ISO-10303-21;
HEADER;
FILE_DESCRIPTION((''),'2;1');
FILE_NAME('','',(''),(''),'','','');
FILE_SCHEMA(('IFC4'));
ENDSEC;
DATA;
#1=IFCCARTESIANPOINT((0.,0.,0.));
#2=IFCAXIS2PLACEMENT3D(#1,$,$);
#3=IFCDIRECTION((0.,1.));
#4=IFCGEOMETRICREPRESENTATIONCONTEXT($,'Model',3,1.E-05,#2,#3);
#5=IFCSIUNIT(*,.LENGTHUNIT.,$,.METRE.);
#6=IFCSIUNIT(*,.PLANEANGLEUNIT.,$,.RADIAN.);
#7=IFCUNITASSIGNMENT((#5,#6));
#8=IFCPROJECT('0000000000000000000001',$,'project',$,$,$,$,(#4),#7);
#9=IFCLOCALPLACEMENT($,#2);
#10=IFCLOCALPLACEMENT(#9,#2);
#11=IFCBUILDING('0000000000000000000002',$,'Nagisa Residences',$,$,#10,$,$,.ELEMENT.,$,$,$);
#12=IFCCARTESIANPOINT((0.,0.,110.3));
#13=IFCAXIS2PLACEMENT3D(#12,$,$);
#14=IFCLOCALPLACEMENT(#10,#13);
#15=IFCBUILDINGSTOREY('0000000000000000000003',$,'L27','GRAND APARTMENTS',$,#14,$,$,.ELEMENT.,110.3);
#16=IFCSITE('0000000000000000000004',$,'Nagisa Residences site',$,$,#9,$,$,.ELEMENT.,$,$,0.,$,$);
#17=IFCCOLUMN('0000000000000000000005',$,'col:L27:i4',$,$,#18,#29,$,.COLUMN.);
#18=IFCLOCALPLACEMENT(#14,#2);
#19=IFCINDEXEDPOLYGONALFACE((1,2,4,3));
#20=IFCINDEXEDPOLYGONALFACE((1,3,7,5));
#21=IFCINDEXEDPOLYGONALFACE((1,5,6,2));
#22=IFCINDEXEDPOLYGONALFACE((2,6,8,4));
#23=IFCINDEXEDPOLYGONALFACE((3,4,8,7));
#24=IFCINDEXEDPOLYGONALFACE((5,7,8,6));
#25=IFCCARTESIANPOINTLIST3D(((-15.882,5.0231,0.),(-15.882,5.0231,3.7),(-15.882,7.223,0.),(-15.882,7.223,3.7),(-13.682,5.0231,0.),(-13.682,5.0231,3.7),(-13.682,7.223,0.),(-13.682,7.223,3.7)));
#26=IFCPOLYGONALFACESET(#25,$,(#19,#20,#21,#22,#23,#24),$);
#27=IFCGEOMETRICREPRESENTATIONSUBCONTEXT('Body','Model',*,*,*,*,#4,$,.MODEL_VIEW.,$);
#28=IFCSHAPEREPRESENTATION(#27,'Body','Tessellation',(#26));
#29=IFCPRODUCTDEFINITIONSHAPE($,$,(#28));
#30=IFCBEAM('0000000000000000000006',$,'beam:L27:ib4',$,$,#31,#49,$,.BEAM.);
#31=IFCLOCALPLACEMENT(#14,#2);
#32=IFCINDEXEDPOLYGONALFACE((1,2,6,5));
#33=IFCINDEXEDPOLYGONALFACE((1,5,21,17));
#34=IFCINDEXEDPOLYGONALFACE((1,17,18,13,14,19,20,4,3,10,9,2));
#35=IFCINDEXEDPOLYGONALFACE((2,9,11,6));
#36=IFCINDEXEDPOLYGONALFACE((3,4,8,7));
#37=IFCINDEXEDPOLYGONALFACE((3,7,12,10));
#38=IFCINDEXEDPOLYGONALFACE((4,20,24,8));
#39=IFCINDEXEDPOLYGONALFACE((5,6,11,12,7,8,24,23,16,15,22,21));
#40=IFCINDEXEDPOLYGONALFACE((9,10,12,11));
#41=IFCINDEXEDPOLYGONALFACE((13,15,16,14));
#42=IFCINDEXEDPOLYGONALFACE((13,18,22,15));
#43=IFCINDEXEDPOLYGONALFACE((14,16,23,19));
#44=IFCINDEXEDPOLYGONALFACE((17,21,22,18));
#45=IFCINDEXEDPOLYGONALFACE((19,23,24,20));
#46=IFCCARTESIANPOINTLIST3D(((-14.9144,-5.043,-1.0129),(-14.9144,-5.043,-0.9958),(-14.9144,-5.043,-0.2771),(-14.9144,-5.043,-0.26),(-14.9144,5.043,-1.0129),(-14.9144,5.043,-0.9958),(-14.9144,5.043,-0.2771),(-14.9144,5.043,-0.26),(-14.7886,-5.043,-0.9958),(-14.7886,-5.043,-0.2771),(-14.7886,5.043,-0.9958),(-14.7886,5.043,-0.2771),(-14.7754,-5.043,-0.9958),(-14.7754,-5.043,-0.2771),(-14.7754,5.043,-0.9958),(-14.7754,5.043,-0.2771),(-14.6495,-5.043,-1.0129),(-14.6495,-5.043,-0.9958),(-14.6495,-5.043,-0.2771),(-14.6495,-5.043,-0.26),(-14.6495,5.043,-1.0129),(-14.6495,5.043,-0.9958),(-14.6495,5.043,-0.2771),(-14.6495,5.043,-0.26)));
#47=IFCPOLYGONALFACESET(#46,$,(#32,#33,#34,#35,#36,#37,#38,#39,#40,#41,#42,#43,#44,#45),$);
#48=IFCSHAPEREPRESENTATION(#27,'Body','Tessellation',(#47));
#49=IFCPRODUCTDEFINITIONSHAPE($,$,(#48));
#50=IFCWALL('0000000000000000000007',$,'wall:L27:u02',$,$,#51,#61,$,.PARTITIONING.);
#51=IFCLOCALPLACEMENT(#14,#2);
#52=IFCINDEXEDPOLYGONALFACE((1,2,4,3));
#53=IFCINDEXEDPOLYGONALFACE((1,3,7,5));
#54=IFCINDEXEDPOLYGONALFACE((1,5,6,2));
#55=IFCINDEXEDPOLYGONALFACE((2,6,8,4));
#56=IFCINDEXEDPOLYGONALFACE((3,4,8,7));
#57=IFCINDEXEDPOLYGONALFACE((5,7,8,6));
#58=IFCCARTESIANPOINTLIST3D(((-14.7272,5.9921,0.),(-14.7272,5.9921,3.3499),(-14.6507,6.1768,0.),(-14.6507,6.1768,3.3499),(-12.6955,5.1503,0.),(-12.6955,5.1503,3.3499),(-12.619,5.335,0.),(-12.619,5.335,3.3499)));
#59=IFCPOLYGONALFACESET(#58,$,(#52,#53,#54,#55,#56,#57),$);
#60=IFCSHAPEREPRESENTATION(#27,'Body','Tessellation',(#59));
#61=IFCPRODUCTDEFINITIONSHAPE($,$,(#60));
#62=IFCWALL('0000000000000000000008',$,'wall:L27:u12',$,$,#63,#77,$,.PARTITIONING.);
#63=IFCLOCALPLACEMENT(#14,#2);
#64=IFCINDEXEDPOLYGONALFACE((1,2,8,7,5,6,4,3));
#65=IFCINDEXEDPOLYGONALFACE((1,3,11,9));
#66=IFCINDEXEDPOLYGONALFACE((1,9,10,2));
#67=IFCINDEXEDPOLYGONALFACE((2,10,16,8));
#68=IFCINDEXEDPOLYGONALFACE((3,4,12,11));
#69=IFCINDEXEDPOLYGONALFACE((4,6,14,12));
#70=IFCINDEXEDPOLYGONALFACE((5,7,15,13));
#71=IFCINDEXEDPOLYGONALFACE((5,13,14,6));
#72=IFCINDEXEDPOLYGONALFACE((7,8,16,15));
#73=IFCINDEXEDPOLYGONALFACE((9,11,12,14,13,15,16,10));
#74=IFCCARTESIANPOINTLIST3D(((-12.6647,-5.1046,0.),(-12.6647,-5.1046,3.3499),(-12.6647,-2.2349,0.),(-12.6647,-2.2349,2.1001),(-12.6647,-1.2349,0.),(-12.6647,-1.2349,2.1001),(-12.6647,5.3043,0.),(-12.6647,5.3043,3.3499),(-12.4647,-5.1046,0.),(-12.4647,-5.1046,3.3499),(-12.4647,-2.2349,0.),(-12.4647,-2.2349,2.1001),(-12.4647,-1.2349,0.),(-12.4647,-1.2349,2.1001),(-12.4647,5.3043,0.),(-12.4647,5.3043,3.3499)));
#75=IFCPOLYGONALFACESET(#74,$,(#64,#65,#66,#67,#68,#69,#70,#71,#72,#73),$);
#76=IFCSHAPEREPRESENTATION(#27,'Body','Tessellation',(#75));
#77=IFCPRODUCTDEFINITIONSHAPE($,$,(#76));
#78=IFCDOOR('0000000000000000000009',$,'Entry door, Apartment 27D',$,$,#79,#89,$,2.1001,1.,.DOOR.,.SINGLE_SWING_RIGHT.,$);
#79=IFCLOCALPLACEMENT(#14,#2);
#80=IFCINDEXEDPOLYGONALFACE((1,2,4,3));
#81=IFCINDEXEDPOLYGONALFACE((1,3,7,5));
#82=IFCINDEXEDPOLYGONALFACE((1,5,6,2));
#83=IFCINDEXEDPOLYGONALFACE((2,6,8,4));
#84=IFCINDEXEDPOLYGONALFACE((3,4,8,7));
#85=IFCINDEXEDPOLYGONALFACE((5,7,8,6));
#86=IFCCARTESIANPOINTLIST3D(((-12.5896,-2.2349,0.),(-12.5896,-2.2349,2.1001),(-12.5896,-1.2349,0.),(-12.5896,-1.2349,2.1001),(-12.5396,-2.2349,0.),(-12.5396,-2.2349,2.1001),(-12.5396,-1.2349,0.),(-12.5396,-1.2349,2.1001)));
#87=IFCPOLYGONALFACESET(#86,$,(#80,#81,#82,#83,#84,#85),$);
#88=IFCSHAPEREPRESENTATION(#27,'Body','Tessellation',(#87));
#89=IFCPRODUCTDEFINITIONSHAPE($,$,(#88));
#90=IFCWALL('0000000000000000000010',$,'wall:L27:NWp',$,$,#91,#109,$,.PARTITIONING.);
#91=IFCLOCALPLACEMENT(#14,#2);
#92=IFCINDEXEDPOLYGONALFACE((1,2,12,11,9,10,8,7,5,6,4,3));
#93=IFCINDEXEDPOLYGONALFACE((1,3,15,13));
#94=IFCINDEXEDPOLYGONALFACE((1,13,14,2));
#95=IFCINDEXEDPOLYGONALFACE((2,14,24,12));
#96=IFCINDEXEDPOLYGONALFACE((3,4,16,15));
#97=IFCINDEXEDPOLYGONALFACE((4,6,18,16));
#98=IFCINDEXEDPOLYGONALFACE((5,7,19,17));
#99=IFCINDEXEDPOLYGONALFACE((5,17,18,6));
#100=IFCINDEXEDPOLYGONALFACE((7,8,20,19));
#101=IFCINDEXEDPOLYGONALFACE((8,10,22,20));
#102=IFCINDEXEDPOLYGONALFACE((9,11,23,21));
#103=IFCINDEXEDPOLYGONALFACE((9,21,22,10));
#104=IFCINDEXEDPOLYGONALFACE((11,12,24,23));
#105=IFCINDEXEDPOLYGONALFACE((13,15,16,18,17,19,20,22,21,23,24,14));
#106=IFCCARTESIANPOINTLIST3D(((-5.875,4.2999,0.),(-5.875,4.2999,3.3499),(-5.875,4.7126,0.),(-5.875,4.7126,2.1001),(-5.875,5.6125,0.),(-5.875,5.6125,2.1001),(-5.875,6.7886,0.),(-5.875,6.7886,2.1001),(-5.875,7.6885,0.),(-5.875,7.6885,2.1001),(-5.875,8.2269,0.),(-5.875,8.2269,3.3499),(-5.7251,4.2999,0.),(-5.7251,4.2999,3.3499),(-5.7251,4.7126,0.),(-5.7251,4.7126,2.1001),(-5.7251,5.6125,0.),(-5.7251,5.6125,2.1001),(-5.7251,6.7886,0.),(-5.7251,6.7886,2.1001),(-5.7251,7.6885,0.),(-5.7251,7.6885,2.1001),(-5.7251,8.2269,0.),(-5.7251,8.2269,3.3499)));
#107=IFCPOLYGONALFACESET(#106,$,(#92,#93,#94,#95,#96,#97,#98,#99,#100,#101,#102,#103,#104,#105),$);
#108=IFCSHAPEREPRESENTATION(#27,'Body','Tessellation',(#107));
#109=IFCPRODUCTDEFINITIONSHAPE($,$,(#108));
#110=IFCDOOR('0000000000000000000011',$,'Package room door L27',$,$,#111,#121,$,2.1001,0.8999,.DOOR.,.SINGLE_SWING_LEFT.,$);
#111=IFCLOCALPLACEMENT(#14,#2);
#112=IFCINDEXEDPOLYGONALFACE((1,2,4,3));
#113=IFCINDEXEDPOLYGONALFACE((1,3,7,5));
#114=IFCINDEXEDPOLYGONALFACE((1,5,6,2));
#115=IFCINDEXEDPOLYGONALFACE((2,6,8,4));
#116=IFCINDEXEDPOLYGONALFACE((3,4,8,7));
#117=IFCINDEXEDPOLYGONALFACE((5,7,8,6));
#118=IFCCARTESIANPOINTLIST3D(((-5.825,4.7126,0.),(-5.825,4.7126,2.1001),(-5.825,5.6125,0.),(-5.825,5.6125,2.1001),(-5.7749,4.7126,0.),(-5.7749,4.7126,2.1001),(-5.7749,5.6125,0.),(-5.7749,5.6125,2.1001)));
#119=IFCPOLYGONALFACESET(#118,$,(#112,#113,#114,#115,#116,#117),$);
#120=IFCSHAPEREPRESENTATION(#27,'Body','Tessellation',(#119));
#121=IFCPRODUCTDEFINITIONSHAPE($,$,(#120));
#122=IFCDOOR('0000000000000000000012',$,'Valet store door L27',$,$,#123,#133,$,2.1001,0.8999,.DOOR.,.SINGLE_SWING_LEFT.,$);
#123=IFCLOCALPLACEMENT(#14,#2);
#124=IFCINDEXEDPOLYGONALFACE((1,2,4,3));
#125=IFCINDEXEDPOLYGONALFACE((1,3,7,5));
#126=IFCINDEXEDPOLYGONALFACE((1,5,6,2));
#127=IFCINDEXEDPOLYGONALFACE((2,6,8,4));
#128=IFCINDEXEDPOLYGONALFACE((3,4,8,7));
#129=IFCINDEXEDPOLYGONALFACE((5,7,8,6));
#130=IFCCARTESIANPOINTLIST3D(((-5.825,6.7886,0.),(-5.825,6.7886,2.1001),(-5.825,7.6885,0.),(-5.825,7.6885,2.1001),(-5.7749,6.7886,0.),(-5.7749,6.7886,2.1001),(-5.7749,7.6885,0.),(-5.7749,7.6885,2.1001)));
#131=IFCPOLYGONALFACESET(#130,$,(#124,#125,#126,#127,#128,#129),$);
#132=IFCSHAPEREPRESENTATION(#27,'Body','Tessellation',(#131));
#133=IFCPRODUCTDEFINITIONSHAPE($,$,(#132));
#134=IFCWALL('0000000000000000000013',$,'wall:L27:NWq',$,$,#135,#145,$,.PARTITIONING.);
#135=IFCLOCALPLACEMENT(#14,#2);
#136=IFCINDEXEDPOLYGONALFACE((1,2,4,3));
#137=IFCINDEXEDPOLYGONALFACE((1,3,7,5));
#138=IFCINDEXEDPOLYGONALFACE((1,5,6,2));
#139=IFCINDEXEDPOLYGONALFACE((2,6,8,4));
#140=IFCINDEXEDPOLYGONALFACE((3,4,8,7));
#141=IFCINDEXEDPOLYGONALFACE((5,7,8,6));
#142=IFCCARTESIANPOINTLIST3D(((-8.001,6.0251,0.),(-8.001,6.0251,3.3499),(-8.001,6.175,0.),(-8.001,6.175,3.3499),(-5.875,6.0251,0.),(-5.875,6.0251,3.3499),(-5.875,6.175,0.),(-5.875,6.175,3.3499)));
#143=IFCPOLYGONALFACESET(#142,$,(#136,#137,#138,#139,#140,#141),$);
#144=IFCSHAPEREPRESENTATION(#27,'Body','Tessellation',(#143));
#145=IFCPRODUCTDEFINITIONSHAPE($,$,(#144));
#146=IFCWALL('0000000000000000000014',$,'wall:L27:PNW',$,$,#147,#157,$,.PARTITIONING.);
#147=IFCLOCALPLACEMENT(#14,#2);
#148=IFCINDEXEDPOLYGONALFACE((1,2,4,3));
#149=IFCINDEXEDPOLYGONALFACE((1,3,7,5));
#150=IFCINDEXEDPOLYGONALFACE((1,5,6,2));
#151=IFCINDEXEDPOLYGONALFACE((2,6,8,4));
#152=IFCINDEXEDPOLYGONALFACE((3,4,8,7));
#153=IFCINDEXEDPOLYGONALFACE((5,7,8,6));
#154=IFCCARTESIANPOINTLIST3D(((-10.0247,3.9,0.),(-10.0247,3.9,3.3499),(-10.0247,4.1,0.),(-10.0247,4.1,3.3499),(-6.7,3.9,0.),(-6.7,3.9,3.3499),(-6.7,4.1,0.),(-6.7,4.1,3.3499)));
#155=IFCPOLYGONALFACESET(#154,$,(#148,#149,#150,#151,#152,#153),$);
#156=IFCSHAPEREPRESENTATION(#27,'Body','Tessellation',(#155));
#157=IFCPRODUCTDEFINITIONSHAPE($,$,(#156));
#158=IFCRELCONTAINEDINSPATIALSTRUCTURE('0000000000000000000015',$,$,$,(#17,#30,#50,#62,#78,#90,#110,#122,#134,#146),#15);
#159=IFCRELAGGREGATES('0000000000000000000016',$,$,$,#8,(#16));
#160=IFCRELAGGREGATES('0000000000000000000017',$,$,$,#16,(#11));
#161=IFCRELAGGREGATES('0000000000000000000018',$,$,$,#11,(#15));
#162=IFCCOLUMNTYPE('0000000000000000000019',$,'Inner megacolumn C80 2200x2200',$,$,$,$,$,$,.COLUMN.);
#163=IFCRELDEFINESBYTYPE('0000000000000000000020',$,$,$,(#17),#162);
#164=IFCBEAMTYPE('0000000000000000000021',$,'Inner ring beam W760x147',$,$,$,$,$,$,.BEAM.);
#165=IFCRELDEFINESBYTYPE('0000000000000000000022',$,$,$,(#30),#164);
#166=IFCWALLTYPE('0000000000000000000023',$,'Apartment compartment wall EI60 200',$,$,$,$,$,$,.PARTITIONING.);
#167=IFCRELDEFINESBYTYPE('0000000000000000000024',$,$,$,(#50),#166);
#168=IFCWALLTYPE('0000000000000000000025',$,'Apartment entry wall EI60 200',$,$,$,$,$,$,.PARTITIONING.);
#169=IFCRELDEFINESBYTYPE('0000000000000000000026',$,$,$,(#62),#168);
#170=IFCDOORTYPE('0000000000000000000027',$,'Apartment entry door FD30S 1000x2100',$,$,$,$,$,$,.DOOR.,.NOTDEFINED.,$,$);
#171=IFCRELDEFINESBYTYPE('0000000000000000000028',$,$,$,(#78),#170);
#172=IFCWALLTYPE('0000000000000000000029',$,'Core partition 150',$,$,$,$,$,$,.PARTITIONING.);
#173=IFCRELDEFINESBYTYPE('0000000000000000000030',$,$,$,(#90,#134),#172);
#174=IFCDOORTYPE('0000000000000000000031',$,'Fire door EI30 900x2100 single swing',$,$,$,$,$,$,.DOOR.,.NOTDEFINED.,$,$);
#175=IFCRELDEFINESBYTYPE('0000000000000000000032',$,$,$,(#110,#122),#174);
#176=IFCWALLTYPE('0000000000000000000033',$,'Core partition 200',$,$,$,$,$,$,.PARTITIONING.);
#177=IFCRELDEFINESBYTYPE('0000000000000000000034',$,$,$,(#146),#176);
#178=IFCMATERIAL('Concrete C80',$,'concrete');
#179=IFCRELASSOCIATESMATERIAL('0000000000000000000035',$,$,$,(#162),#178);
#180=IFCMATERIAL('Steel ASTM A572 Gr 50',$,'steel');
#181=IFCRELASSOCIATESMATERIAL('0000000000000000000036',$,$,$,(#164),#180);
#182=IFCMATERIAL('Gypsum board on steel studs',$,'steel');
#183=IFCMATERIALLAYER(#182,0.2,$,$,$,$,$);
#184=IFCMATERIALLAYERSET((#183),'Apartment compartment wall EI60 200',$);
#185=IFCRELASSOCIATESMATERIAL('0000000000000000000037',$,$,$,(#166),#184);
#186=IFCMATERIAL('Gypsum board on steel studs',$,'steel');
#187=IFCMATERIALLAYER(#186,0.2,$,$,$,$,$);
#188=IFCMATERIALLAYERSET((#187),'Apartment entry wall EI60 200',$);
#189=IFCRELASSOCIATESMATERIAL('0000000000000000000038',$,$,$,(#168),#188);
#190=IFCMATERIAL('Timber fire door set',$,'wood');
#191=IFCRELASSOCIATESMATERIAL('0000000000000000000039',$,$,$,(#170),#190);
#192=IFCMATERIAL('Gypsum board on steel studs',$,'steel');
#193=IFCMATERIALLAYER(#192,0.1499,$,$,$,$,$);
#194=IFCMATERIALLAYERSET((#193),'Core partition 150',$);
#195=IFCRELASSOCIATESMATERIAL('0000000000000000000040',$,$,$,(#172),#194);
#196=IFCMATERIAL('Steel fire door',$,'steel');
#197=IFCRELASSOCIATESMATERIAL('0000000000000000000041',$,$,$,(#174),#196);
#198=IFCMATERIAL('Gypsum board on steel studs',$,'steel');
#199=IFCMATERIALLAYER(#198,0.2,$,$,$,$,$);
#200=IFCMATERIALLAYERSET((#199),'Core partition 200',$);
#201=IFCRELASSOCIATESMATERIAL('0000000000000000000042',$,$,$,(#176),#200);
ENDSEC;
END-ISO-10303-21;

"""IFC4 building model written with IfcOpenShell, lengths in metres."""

from ifc_helpers import new_model, si_unit, direction, frame, frame_2d, origin, origin_2d, place, context, subcontext, project, spatial, rectangle, i_section, extrude, material, layer, layer_set, material_profile, profile_set, type_object, element, fill, save


model = new_model("IFC4")

# Units and contexts
model_context = context("Model", 3, precision=1e-05, world=origin(), true_north=direction((0.0, 1.0)))
body_context = subcontext(model_context, "Body", "Model", "MODEL_VIEW")
ifc_project = project(units=[si_unit("LENGTHUNIT", "METRE"), si_unit("PLANEANGLEUNIT", "RADIAN")], contexts=[model_context])

# Site, building, storey
site_placement = place(None, origin())
site = spatial("IfcSite", under=ifc_project, at=site_placement, Name="Nagisa Residences site", CompositionType="ELEMENT", RefElevation=0.0)
building_placement = place(site_placement, origin())
building = spatial("IfcBuilding", under=site, at=building_placement, Name="Nagisa Residences", CompositionType="ELEMENT")
storey_placement = place(building_placement, frame((0.0, 0.0, 110.3)))
storey = spatial("IfcBuildingStorey", under=building, at=storey_placement, Name="L27", Description="GRAND APARTMENTS", CompositionType="ELEMENT", Elevation=110.3)

# Column
ifc_material_1 = material(Name="Concrete C80", Category="concrete")
ifc_material_profile_1 = material_profile(ifc_material_1, rectangle(XDim=2.2, YDim=2.2, at=origin_2d()), Name="C80 2200x2200")
ifc_profile_set_1 = profile_set([ifc_material_profile_1], Name="Concrete C80")
column_type = type_object("IfcColumnType", Name="Inner megacolumn C80 2200x2200", PredefinedType="COLUMN", material=ifc_profile_set_1)
column_placement = place(storey_placement, frame((-14.782, 6.123, 0.0), z_axis=(0.0, 0.0, 1.0), x_axis=(1.0, 0.0, 0.0)))
element("IfcColumn", 1, at=column_placement, inside=storey, type_object=column_type, Name="col:L27:i4", PredefinedType="COLUMN", context=body_context, shape_type="SweptSolid", body=[
    extrude(rectangle(XDim=2.2, YDim=2.2, at=origin_2d()), origin(), (0.0, 0.0, 1.0), 3.7),
])

# Beam
ifc_material_2 = material(Name="Steel ASTM A572 Gr 50", Category="steel")
ifc_material_profile_2 = material_profile(ifc_material_2, i_section(OverallWidth=0.2649, OverallDepth=0.7529, WebThickness=0.0132, FlangeThickness=0.0171, at=origin_2d()), Name="W760x147")
ifc_profile_set_2 = profile_set([ifc_material_profile_2], Name="Steel ASTM A572 Gr 50")
beam_type = type_object("IfcBeamType", Name="Inner ring beam W760x147", PredefinedType="BEAM", material=ifc_profile_set_2)
beam_placement = place(storey_placement, frame((-14.782, 5.043, -0.6365), z_axis=(0.0, -1.0, 0.0), x_axis=(1.0, 0.0, 0.0)))
element("IfcBeam", 2, at=beam_placement, inside=storey, type_object=beam_type, Name="beam:L27:ib4", PredefinedType="BEAM", context=body_context, shape_type="SweptSolid", body=[
    extrude(i_section(OverallWidth=0.2649, OverallDepth=0.7529, WebThickness=0.0132, FlangeThickness=0.0171, at=origin_2d()), origin(), (0.0, 0.0, 1.0), 10.0859),
])

# Wall
ifc_material_3 = material(Name="Gypsum board on steel studs", Category="steel")
ifc_layer_1 = layer(ifc_material_3, 0.2)
ifc_layer_set_1 = layer_set([ifc_layer_1], Name="Apartment compartment wall EI60 200")
wall_type_1 = type_object("IfcWallType", Name="Apartment compartment wall EI60 200", PredefinedType="PARTITIONING", material=ifc_layer_set_1)
wall_1_placement = place(storey_placement, frame((-12.6572, 5.2427, 0.0), z_axis=(0.0, 0.0, 1.0), x_axis=(-0.923844, 0.38277, 0.0)))
element("IfcWall", 3, at=wall_1_placement, inside=storey, type_object=wall_type_1, Name="wall:L27:u02", PredefinedType="PARTITIONING", context=body_context, shape_type="SweptSolid", body=[
    extrude(rectangle(XDim=2.1992, YDim=0.2, at=frame_2d((1.0996, 0.0))), origin(), (0.0, 0.0, 1.0), 3.3499),
])

# Wall, opening, door
ifc_material_4 = material(Name="Gypsum board on steel studs", Category="steel")
ifc_layer_2 = layer(ifc_material_4, 0.2)
ifc_layer_set_2 = layer_set([ifc_layer_2], Name="Apartment entry wall EI60 200")
wall_type_2 = type_object("IfcWallType", Name="Apartment entry wall EI60 200", PredefinedType="PARTITIONING", material=ifc_layer_set_2)
wall_2_placement = place(storey_placement, frame((-12.5647, 5.3044, 0.0), z_axis=(0.0, 0.0, 1.0), x_axis=(0.0, -1.0, 0.0)))
wall_2 = element("IfcWall", 4, at=wall_2_placement, inside=storey, type_object=wall_type_2, Name="wall:L27:u12", PredefinedType="PARTITIONING", context=body_context, shape_type="SweptSolid", body=[
    extrude(rectangle(XDim=10.4089, YDim=0.2, at=frame_2d((5.2046, 0.0))), origin(), (0.0, 0.0, 1.0), 3.3499),
])
opening_1_placement = place(wall_2_placement, frame((6.5393, 0.0, 0.0)))
opening_1 = element("IfcOpeningElement", 5, at=opening_1_placement, cuts=wall_2, PredefinedType="OPENING", context=body_context, shape_type="SweptSolid", body=[
    extrude(rectangle(XDim=1.0, YDim=2.1001, at=frame_2d((0.5, 1.05))), frame((0.0, 0.1099, 0.0), z_axis=(0.0, -1.0, 0.0), x_axis=(1.0, 0.0, 0.0)), (0.0, 0.0, 1.0), 0.22),
])
ifc_material_5 = material(Name="Timber fire door set", Category="wood")
door_type_1 = type_object("IfcDoorType", Name="Apartment entry door FD30S 1000x2100", OperationType="NOTDEFINED", PredefinedType="DOOR", material=ifc_material_5)
door_1_placement = place(opening_1_placement, frame((1.0, 0.0, 0.0), x_axis=(-1.0, 0.0, 0.0)))
door_1 = element("IfcDoor", 6, at=door_1_placement, inside=storey, type_object=door_type_1, Name="Entry door, Apartment 27D", OperationType="SINGLE_SWING_RIGHT", OverallHeight=2.1001, OverallWidth=1.0, PredefinedType="DOOR", context=body_context, shape_type="SweptSolid", body=[
    extrude(rectangle(XDim=1.0, YDim=2.1001, at=frame_2d((0.5, 1.05))), frame((0.0, 0.0249, 0.0), z_axis=(0.0, -1.0, 0.0), x_axis=(1.0, 0.0, 0.0)), (0.0, 0.0, 1.0), 0.05),
])
fill(opening_1, door_1)

# Wall, openings, doors
ifc_material_6 = material(Name="Gypsum board on steel studs", Category="steel")
ifc_layer_3 = layer(ifc_material_6, 0.1499)
ifc_layer_set_3 = layer_set([ifc_layer_3], Name="Core partition 150")
wall_type_3 = type_object("IfcWallType", Name="Core partition 150", PredefinedType="PARTITIONING", material=ifc_layer_set_3)
wall_3_placement = place(storey_placement, frame((-5.8, 4.3, 0.0), z_axis=(0.0, 0.0, 1.0), x_axis=(0.0, 1.0, 0.0)))
wall_3 = element("IfcWall", 7, at=wall_3_placement, inside=storey, type_object=wall_type_3, Name="wall:L27:NWp", PredefinedType="PARTITIONING", context=body_context, shape_type="SweptSolid", body=[
    extrude(rectangle(XDim=3.927, YDim=0.1499, at=frame_2d((1.9634, 0.0))), origin(), (0.0, 0.0, 1.0), 3.3499),
])
opening_2_placement = place(wall_3_placement, frame((0.4126, 0.0, 0.0)))
opening_2 = element("IfcOpeningElement", 8, at=opening_2_placement, cuts=wall_3, PredefinedType="OPENING", context=body_context, shape_type="SweptSolid", body=[
    extrude(rectangle(XDim=0.8999, YDim=2.1001, at=frame_2d((0.45, 1.05))), frame((0.0, 0.085, 0.0), z_axis=(0.0, -1.0, 0.0), x_axis=(1.0, 0.0, 0.0)), (0.0, 0.0, 1.0), 0.1699),
])
opening_3_placement = place(wall_3_placement, frame((2.4885, 0.0, 0.0)))
opening_3 = element("IfcOpeningElement", 9, at=opening_3_placement, cuts=wall_3, PredefinedType="OPENING", context=body_context, shape_type="SweptSolid", body=[
    extrude(rectangle(XDim=0.8999, YDim=2.1001, at=frame_2d((0.45, 1.05))), frame((0.0, 0.085, 0.0), z_axis=(0.0, -1.0, 0.0), x_axis=(1.0, 0.0, 0.0)), (0.0, 0.0, 1.0), 0.1699),
])
ifc_material_7 = material(Name="Steel fire door", Category="steel")
door_type_2 = type_object("IfcDoorType", Name="Fire door EI30 900x2100 single swing", OperationType="NOTDEFINED", PredefinedType="DOOR", material=ifc_material_7)
door_2_placement = place(opening_2_placement, origin())
door_2 = element("IfcDoor", 10, at=door_2_placement, inside=storey, type_object=door_type_2, Name="Package room door L27", OperationType="SINGLE_SWING_LEFT", OverallHeight=2.1001, OverallWidth=0.8999, PredefinedType="DOOR", context=body_context, shape_type="SweptSolid", body=[
    extrude(rectangle(XDim=0.8999, YDim=2.1001, at=frame_2d((0.45, 1.05))), frame((0.0, 0.0249, 0.0), z_axis=(0.0, -1.0, 0.0), x_axis=(1.0, 0.0, 0.0)), (0.0, 0.0, 1.0), 0.05),
])
fill(opening_2, door_2)
door_3_placement = place(opening_3_placement, origin())
door_3 = element("IfcDoor", 11, at=door_3_placement, inside=storey, type_object=door_type_2, Name="Valet store door L27", OperationType="SINGLE_SWING_LEFT", OverallHeight=2.1001, OverallWidth=0.8999, PredefinedType="DOOR", context=body_context, shape_type="SweptSolid", body=[
    extrude(rectangle(XDim=0.8999, YDim=2.1001, at=frame_2d((0.45, 1.05))), frame((0.0, 0.0249, 0.0), z_axis=(0.0, -1.0, 0.0), x_axis=(1.0, 0.0, 0.0)), (0.0, 0.0, 1.0), 0.05),
])
fill(opening_3, door_3)

# Walls
wall_4_placement = place(storey_placement, frame((-8.001, 6.1001, 0.0), z_axis=(0.0, 0.0, 1.0), x_axis=(1.0, 0.0, 0.0)))
element("IfcWall", 12, at=wall_4_placement, inside=storey, type_object=wall_type_3, Name="wall:L27:NWq", PredefinedType="PARTITIONING", context=body_context, shape_type="SweptSolid", body=[
    extrude(rectangle(XDim=2.126, YDim=0.1499, at=frame_2d((1.063, 0.0))), origin(), (0.0, 0.0, 1.0), 3.3499),
])
ifc_material_8 = material(Name="Gypsum board on steel studs", Category="steel")
ifc_layer_4 = layer(ifc_material_8, 0.2)
ifc_layer_set_4 = layer_set([ifc_layer_4], Name="Core partition 200")
wall_type_4 = type_object("IfcWallType", Name="Core partition 200", PredefinedType="PARTITIONING", material=ifc_layer_set_4)
wall_5_placement = place(storey_placement, frame((-10.0247, 4.0, 0.0), z_axis=(0.0, 0.0, 1.0), x_axis=(1.0, 0.0, 0.0)))
element("IfcWall", 13, at=wall_5_placement, inside=storey, type_object=wall_type_4, Name="wall:L27:PNW", PredefinedType="PARTITIONING", context=body_context, shape_type="SweptSolid", body=[
    extrude(rectangle(XDim=3.3247, YDim=0.2, at=frame_2d((1.6624, 0.0))), origin(), (0.0, 0.0, 1.0), 3.3499),
])

save(model, "model.ifc")
